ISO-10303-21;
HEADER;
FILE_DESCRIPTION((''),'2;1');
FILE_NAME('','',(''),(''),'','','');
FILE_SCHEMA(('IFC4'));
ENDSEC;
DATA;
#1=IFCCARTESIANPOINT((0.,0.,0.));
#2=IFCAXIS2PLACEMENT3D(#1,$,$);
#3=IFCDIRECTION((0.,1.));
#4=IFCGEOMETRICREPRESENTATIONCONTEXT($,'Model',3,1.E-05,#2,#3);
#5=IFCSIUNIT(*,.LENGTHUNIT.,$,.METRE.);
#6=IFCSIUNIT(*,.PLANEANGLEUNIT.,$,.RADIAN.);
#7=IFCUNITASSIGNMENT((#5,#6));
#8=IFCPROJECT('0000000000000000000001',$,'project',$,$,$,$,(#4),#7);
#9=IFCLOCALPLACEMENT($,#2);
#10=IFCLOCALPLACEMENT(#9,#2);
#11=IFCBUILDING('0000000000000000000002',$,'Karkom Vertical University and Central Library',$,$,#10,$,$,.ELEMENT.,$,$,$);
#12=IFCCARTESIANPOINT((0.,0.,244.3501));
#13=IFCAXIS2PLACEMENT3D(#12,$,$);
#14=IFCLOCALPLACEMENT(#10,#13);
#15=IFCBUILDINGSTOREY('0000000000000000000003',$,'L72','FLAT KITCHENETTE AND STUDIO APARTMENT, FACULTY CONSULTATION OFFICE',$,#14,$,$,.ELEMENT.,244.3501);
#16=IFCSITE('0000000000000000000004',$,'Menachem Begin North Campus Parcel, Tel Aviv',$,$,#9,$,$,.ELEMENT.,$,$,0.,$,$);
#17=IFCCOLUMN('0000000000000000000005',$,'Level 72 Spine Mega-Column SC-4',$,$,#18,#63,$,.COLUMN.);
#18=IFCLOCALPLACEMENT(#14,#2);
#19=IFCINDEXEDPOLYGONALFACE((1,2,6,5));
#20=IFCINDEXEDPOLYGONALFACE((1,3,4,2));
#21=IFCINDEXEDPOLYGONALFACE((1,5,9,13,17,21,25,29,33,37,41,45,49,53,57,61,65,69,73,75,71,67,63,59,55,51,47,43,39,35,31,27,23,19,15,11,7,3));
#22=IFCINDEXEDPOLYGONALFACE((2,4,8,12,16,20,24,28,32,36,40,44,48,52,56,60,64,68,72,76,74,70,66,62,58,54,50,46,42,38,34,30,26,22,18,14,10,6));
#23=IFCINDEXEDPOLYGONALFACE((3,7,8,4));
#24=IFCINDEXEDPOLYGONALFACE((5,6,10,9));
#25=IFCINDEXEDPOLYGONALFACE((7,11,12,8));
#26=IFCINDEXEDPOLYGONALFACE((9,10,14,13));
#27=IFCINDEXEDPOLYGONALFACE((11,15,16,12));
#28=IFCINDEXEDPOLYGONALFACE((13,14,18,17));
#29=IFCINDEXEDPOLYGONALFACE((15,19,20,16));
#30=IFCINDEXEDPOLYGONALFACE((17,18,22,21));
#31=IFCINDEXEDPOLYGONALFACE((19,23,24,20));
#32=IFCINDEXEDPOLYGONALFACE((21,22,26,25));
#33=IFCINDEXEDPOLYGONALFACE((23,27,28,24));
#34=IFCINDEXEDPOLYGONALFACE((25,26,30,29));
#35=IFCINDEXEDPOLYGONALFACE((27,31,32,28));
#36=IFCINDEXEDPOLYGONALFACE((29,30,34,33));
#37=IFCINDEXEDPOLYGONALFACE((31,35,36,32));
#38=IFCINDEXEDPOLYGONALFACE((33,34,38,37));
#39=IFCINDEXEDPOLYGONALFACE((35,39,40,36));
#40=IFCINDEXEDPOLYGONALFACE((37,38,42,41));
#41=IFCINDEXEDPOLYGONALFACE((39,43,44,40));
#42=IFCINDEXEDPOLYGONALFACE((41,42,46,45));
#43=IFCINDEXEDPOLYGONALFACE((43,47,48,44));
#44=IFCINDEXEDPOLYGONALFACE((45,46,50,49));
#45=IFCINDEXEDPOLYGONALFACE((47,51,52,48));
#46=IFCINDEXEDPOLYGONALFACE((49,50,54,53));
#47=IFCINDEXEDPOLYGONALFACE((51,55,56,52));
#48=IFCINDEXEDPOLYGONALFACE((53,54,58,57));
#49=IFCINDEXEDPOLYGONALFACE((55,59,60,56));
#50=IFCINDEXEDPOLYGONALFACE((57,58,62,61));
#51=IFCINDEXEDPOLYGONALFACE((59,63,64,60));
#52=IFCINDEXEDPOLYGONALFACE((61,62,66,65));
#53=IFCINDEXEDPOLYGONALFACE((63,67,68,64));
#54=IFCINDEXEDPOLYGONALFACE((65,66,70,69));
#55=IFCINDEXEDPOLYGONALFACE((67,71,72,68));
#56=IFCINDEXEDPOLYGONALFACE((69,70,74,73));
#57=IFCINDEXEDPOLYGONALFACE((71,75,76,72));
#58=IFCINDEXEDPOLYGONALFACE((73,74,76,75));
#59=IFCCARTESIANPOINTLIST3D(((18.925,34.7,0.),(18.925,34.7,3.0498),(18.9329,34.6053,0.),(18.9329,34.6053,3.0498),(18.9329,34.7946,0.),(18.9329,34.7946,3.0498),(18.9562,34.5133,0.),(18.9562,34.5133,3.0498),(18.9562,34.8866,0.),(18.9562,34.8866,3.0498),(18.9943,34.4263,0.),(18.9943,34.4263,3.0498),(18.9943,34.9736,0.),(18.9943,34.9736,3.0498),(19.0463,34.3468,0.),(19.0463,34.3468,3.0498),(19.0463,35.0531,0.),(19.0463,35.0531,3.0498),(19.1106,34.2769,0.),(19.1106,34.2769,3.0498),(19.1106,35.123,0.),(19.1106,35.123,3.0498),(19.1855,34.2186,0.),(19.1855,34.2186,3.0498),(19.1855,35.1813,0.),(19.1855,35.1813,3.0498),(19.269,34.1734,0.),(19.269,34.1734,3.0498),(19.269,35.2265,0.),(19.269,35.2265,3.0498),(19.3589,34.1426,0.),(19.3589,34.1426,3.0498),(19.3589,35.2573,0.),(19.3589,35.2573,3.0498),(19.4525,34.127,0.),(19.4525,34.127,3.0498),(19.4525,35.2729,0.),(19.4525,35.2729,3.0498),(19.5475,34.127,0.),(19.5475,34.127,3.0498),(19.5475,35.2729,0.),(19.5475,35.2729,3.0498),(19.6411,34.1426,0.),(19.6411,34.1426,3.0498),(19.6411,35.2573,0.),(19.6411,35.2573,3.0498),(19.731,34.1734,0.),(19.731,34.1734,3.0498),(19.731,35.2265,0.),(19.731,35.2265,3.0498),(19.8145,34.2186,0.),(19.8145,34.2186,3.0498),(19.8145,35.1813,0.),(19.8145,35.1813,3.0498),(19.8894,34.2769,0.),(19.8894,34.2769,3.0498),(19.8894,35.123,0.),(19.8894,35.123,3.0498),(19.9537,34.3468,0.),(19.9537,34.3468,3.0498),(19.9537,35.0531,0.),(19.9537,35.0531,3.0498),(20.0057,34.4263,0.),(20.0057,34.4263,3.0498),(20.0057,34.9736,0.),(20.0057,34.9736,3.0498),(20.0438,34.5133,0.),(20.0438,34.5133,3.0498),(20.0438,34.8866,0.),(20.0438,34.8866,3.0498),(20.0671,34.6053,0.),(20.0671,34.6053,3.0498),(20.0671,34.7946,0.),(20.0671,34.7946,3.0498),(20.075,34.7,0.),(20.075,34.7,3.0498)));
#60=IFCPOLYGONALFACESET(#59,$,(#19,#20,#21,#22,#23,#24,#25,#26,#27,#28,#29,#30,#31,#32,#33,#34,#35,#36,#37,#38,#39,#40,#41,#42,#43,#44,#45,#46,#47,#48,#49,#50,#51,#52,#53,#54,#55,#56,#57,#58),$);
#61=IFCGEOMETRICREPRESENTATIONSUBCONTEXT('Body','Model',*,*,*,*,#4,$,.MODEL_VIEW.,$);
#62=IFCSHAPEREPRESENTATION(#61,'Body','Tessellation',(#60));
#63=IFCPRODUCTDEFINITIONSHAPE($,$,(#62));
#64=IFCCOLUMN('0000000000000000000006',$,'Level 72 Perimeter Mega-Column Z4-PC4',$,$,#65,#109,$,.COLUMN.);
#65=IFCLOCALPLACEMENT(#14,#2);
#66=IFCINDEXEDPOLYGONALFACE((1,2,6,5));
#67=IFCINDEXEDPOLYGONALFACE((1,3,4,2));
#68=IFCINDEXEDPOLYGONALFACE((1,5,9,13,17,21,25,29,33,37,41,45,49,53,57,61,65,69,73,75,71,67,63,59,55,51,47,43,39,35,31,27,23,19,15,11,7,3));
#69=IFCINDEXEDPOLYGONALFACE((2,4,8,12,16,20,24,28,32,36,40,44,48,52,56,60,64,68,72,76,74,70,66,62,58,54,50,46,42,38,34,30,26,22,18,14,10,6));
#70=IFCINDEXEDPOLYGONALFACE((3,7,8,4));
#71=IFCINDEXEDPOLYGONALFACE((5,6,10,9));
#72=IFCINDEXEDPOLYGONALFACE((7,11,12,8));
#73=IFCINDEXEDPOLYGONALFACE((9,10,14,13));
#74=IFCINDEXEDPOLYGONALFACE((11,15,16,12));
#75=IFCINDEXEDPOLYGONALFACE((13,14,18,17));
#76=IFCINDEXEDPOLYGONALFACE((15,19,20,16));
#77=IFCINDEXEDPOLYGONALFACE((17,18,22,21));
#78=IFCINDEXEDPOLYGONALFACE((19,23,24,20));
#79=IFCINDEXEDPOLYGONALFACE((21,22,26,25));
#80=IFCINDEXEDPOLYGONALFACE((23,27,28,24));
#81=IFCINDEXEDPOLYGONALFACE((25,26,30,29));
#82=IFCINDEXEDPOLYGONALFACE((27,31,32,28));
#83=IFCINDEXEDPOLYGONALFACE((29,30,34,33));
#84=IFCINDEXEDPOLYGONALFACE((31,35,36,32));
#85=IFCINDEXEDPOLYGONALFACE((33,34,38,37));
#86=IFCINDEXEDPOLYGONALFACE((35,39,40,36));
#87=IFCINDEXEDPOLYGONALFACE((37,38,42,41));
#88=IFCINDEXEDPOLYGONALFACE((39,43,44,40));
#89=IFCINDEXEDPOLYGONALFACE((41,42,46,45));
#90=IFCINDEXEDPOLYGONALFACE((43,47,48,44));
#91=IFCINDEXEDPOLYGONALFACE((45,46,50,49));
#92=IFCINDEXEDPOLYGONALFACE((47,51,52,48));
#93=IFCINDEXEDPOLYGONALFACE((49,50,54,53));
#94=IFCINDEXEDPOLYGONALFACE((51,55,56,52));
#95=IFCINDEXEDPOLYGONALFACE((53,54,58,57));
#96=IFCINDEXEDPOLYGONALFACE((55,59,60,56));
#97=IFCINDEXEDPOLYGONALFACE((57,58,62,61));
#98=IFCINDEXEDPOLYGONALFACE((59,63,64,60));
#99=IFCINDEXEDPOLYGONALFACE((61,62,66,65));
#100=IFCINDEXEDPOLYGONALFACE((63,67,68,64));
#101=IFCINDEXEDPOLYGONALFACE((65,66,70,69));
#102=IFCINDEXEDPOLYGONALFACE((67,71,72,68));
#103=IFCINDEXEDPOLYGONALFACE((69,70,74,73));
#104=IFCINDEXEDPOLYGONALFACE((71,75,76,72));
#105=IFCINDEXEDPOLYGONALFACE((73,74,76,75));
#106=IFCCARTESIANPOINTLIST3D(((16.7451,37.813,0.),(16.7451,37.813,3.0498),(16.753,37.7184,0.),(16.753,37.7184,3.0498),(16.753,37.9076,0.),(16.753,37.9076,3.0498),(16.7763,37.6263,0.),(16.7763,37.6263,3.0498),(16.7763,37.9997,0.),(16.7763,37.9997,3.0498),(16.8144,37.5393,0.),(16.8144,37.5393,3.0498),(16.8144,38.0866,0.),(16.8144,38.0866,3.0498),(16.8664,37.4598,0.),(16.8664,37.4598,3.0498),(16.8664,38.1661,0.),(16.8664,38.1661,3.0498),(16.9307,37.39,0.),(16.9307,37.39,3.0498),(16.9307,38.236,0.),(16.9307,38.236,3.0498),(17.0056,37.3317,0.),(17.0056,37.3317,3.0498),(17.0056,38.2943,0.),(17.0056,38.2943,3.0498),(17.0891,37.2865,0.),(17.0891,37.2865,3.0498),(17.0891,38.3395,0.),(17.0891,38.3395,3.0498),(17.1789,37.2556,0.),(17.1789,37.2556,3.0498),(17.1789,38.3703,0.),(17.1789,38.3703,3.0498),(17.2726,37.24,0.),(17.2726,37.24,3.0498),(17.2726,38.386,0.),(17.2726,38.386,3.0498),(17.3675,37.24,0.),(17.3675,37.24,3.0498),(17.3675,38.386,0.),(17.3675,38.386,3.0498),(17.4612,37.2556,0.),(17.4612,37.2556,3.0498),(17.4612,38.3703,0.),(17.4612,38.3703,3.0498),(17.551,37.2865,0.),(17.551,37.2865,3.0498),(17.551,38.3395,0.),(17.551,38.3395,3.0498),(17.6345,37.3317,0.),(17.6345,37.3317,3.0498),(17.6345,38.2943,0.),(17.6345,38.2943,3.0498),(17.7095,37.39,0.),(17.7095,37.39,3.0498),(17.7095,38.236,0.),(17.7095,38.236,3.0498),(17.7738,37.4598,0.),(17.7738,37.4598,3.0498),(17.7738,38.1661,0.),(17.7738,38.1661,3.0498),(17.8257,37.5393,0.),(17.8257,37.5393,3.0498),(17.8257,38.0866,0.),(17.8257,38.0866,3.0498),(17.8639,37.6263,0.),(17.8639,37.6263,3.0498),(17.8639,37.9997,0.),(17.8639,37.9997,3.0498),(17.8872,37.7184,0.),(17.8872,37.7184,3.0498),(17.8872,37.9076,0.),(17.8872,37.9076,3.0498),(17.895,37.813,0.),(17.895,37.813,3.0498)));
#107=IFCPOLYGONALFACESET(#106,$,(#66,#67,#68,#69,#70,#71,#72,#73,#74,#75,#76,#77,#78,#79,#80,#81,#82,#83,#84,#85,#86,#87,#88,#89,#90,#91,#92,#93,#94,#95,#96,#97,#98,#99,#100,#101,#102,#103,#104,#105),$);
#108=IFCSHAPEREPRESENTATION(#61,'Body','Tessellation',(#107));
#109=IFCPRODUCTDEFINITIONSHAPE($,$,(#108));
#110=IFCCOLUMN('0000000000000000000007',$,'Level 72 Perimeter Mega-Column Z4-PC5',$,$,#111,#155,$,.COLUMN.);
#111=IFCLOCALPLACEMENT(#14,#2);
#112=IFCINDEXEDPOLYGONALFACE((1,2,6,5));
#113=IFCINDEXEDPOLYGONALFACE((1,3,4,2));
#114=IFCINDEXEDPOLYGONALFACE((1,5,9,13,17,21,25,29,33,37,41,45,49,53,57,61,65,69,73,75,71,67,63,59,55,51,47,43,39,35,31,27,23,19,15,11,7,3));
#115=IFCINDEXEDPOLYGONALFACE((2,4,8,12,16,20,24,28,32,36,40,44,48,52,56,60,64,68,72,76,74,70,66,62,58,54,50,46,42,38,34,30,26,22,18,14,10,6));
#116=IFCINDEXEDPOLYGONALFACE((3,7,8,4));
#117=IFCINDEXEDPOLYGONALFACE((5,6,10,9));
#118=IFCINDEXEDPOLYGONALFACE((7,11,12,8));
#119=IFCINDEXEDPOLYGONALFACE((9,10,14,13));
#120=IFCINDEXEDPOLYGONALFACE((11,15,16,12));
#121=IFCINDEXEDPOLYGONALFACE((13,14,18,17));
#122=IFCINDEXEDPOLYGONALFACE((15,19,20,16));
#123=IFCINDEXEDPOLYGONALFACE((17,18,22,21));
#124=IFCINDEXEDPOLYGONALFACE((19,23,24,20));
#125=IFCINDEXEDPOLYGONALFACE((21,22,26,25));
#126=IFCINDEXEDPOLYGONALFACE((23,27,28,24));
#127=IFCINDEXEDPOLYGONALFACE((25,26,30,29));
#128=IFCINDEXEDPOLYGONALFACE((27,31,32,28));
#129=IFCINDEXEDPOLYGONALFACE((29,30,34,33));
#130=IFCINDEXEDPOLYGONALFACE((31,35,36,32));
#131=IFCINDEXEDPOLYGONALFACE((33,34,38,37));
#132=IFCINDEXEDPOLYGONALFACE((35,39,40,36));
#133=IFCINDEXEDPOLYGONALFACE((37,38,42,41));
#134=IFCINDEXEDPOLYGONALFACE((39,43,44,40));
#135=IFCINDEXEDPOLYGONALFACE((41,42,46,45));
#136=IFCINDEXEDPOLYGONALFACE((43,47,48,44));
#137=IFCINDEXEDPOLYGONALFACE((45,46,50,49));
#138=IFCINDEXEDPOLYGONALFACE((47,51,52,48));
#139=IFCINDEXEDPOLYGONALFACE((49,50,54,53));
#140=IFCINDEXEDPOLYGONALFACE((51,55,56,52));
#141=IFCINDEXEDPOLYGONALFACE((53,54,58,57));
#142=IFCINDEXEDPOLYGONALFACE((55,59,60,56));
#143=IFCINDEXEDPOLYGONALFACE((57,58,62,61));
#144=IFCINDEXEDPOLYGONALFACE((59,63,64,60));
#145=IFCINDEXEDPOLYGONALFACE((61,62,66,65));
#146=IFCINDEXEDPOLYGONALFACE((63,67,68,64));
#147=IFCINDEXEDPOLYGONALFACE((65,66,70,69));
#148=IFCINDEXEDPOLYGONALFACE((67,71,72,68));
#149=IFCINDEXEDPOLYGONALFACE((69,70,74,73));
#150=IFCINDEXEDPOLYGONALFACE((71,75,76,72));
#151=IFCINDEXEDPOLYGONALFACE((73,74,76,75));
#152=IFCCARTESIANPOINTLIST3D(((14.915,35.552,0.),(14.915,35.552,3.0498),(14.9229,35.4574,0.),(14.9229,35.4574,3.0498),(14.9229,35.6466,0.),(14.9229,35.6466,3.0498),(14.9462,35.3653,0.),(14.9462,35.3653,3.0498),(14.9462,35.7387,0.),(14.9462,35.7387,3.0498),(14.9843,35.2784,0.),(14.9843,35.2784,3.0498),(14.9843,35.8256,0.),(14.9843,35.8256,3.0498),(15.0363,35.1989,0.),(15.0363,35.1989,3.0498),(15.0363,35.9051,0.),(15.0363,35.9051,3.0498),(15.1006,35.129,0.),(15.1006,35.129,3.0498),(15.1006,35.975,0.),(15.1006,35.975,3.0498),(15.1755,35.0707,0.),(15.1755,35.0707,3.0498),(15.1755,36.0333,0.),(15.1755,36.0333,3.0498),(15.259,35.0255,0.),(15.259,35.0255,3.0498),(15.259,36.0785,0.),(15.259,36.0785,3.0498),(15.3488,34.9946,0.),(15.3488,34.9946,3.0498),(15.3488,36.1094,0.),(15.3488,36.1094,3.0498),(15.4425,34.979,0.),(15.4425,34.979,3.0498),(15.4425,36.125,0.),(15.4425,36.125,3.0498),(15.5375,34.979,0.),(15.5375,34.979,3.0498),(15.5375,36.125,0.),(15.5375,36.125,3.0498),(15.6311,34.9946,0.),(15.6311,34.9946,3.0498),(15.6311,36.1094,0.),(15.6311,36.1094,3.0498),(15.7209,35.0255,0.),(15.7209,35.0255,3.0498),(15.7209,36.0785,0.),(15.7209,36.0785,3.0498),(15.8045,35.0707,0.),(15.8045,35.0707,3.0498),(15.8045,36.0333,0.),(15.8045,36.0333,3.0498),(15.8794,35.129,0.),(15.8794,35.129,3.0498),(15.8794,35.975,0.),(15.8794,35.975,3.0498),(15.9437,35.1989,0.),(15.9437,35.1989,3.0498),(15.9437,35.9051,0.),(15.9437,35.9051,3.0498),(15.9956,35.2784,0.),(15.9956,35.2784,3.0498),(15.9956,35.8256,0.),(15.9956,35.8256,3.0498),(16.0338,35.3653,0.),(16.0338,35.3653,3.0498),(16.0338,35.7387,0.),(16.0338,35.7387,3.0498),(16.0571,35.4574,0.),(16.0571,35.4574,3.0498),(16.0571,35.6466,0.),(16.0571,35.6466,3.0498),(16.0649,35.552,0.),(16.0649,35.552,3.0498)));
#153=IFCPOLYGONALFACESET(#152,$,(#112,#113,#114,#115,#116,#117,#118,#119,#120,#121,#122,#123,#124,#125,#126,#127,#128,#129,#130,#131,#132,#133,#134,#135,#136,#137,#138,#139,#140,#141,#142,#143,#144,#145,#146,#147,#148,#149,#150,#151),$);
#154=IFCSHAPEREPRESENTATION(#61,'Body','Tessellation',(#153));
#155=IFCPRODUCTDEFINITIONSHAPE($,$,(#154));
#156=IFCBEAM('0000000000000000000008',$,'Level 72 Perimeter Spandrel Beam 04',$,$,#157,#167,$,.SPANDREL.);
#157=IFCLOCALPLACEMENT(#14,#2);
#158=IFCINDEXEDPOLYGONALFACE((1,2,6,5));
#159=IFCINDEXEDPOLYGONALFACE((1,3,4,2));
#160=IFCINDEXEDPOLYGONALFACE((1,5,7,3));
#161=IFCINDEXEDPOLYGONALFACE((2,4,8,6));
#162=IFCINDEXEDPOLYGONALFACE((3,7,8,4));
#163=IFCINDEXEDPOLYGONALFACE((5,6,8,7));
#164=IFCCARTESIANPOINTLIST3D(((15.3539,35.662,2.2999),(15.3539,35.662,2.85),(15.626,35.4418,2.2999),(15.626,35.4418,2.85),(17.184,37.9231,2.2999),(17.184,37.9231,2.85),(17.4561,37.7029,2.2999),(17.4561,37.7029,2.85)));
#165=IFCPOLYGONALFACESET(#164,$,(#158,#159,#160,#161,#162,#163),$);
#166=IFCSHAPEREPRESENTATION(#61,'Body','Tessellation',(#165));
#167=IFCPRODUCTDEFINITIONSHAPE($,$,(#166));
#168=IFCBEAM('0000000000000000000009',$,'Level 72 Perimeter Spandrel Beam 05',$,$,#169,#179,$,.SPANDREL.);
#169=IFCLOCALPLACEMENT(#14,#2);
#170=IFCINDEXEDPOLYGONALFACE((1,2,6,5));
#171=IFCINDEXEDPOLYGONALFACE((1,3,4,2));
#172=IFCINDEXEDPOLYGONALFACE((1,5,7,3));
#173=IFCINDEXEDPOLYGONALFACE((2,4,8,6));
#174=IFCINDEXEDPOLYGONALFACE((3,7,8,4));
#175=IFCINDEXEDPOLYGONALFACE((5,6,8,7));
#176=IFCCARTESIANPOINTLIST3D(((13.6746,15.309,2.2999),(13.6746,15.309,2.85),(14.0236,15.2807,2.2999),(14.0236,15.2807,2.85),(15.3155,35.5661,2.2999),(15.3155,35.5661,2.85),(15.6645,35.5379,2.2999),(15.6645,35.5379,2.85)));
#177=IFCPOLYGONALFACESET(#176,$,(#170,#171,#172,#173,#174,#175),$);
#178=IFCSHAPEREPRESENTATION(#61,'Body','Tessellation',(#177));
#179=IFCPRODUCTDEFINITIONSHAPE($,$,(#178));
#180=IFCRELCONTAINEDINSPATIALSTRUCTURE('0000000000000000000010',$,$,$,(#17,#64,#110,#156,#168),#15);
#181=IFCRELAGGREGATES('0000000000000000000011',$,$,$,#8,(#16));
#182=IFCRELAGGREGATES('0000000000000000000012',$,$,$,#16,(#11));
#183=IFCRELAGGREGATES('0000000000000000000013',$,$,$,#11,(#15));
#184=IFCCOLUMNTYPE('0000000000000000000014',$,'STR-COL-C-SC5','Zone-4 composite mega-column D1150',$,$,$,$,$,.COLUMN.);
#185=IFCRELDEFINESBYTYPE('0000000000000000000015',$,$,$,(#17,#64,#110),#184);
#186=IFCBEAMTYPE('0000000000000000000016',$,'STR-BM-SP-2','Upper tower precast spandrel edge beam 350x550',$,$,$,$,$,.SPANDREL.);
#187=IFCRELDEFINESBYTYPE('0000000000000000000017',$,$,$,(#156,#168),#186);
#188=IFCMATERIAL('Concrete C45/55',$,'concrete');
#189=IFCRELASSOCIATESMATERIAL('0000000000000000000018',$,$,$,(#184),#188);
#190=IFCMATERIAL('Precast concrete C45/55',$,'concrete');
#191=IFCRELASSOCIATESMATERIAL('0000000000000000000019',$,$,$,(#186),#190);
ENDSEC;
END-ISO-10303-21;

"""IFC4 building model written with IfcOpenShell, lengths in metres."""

from ifc_helpers import new_model, si_unit, direction, frame, origin, origin_with_axes, origin_2d, place, context, subcontext, project, spatial, rectangle, circle, extrude, source, transform, mapped, material, material_profile, profile_set, type_object, element, save


model = new_model("IFC4")

# Units and contexts
model_context = context("Model", 3, precision=1e-05, world=origin(), true_north=direction((0.0, 1.0)))
body_context = subcontext(model_context, "Body", "Model", "MODEL_VIEW")
ifc_project = project(units=[si_unit("LENGTHUNIT", "METRE"), si_unit("PLANEANGLEUNIT", "RADIAN")], contexts=[model_context])

# Site, building, storey
site_placement = place(None, origin())
site = spatial("IfcSite", under=ifc_project, at=site_placement, Name="Menachem Begin North Campus Parcel, Tel Aviv", CompositionType="ELEMENT", RefElevation=0.0)
building_placement = place(site_placement, origin())
building = spatial("IfcBuilding", under=site, at=building_placement, Name="Karkom Vertical University and Central Library", CompositionType="ELEMENT")
storey_placement = place(building_placement, frame((0.0, 0.0, 244.3501)))
storey = spatial("IfcBuildingStorey", under=building, at=storey_placement, Name="L72", Description="FLAT KITCHENETTE AND STUDIO APARTMENT, FACULTY CONSULTATION OFFICE", CompositionType="ELEMENT", Elevation=244.3501)

# Columns
ifc_material_1 = material(Name="Concrete C45/55", Category="concrete")
ifc_material_profile_1 = material_profile(ifc_material_1, circle(Radius=0.575, at=origin_2d()), Name="CFT-D1150")
ifc_profile_set_1 = profile_set([ifc_material_profile_1], Name="Concrete C45/55")
column_type = type_object("IfcColumnType", Name="STR-COL-C-SC5", Description="Zone-4 composite mega-column D1150", PredefinedType="COLUMN", material=ifc_profile_set_1)
shared_shape_1 = source(origin_with_axes(), body_context, "Body", "SweptSolid", [
    extrude(circle(Radius=0.575, at=origin_2d()), origin(), (0.0, 0.0, 1.0), 3.0498),
])
for number, where, z_axis, x_axis, name in (
    (1, (19.5, 34.7, 0.0), (0.0, 0.0, 1.0), (1.0, 0.0, 0.0), "Level 72 Spine Mega-Column SC-4"),
    (2, (17.3201, 37.813, 0.0), (0.0, 0.0, 1.0), (1.0, 0.0, 0.0), "Level 72 Perimeter Mega-Column Z4-PC4"),
    (3, (15.49, 35.552, 0.0), (0.0, 0.0, 1.0), (1.0, 0.0, 0.0), "Level 72 Perimeter Mega-Column Z4-PC5"),
):
    element("IfcColumn", number, at=place(storey_placement, frame(where, z_axis=z_axis, x_axis=x_axis)), inside=storey, type_object=column_type, Name=name, PredefinedType="COLUMN", context=body_context, shape_type="MappedRepresentation", body=[
        mapped(shared_shape_1, transform((0.0, 0.0, 0.0), scale=1.0)),
    ])

# Beams
ifc_material_2 = material(Name="Precast concrete C45/55", Category="concrete")
ifc_material_profile_2 = material_profile(ifc_material_2, rectangle(XDim=0.3501, YDim=0.55, at=origin_2d()), Name="SPB-350x550")
ifc_profile_set_2 = profile_set([ifc_material_profile_2], Name="Precast concrete C45/55")
beam_type_1 = type_object("IfcBeamType", Name="STR-BM-SP-2", Description="Upper tower precast spandrel edge beam 350x550", PredefinedType="SPANDREL", material=ifc_profile_set_2)
shared_shape_2 = source(origin_with_axes(), body_context, "Body", "SweptSolid", [
    extrude(rectangle(XDim=0.3501, YDim=0.55, at=origin_2d()), origin(), (0.0, 0.0, 1.0), 2.9089),
])
beam_1_placement = place(storey_placement, frame((17.3201, 37.813, 2.575), z_axis=(-0.629148, -0.777286, 0.0), x_axis=(0.777286, -0.629148, 0.0)))
element("IfcBeam", 4, at=beam_1_placement, inside=storey, type_object=beam_type_1, Name="Level 72 Perimeter Spandrel Beam 04", PredefinedType="SPANDREL", context=body_context, shape_type="MappedRepresentation", body=[
    mapped(shared_shape_2, transform((0.0, 0.0, 0.0), scale=1.0)),
])
shared_shape_3 = source(origin_with_axes(), body_context, "Body", "SweptSolid", [
    extrude(rectangle(XDim=0.3501, YDim=0.55, at=origin_2d()), origin(), (0.0, 0.0, 1.0), 20.3235),
])
beam_2_placement = place(storey_placement, frame((15.49, 35.552, 2.575), z_axis=(-0.080738, -0.996735, 0.0), x_axis=(0.996735, -0.080738, 0.0)))
element("IfcBeam", 5, at=beam_2_placement, inside=storey, type_object=beam_type_1, Name="Level 72 Perimeter Spandrel Beam 05", PredefinedType="SPANDREL", context=body_context, shape_type="MappedRepresentation", body=[
    mapped(shared_shape_3, transform((0.0, 0.0, 0.0), scale=1.0)),
])

save(model, "model.ifc")
